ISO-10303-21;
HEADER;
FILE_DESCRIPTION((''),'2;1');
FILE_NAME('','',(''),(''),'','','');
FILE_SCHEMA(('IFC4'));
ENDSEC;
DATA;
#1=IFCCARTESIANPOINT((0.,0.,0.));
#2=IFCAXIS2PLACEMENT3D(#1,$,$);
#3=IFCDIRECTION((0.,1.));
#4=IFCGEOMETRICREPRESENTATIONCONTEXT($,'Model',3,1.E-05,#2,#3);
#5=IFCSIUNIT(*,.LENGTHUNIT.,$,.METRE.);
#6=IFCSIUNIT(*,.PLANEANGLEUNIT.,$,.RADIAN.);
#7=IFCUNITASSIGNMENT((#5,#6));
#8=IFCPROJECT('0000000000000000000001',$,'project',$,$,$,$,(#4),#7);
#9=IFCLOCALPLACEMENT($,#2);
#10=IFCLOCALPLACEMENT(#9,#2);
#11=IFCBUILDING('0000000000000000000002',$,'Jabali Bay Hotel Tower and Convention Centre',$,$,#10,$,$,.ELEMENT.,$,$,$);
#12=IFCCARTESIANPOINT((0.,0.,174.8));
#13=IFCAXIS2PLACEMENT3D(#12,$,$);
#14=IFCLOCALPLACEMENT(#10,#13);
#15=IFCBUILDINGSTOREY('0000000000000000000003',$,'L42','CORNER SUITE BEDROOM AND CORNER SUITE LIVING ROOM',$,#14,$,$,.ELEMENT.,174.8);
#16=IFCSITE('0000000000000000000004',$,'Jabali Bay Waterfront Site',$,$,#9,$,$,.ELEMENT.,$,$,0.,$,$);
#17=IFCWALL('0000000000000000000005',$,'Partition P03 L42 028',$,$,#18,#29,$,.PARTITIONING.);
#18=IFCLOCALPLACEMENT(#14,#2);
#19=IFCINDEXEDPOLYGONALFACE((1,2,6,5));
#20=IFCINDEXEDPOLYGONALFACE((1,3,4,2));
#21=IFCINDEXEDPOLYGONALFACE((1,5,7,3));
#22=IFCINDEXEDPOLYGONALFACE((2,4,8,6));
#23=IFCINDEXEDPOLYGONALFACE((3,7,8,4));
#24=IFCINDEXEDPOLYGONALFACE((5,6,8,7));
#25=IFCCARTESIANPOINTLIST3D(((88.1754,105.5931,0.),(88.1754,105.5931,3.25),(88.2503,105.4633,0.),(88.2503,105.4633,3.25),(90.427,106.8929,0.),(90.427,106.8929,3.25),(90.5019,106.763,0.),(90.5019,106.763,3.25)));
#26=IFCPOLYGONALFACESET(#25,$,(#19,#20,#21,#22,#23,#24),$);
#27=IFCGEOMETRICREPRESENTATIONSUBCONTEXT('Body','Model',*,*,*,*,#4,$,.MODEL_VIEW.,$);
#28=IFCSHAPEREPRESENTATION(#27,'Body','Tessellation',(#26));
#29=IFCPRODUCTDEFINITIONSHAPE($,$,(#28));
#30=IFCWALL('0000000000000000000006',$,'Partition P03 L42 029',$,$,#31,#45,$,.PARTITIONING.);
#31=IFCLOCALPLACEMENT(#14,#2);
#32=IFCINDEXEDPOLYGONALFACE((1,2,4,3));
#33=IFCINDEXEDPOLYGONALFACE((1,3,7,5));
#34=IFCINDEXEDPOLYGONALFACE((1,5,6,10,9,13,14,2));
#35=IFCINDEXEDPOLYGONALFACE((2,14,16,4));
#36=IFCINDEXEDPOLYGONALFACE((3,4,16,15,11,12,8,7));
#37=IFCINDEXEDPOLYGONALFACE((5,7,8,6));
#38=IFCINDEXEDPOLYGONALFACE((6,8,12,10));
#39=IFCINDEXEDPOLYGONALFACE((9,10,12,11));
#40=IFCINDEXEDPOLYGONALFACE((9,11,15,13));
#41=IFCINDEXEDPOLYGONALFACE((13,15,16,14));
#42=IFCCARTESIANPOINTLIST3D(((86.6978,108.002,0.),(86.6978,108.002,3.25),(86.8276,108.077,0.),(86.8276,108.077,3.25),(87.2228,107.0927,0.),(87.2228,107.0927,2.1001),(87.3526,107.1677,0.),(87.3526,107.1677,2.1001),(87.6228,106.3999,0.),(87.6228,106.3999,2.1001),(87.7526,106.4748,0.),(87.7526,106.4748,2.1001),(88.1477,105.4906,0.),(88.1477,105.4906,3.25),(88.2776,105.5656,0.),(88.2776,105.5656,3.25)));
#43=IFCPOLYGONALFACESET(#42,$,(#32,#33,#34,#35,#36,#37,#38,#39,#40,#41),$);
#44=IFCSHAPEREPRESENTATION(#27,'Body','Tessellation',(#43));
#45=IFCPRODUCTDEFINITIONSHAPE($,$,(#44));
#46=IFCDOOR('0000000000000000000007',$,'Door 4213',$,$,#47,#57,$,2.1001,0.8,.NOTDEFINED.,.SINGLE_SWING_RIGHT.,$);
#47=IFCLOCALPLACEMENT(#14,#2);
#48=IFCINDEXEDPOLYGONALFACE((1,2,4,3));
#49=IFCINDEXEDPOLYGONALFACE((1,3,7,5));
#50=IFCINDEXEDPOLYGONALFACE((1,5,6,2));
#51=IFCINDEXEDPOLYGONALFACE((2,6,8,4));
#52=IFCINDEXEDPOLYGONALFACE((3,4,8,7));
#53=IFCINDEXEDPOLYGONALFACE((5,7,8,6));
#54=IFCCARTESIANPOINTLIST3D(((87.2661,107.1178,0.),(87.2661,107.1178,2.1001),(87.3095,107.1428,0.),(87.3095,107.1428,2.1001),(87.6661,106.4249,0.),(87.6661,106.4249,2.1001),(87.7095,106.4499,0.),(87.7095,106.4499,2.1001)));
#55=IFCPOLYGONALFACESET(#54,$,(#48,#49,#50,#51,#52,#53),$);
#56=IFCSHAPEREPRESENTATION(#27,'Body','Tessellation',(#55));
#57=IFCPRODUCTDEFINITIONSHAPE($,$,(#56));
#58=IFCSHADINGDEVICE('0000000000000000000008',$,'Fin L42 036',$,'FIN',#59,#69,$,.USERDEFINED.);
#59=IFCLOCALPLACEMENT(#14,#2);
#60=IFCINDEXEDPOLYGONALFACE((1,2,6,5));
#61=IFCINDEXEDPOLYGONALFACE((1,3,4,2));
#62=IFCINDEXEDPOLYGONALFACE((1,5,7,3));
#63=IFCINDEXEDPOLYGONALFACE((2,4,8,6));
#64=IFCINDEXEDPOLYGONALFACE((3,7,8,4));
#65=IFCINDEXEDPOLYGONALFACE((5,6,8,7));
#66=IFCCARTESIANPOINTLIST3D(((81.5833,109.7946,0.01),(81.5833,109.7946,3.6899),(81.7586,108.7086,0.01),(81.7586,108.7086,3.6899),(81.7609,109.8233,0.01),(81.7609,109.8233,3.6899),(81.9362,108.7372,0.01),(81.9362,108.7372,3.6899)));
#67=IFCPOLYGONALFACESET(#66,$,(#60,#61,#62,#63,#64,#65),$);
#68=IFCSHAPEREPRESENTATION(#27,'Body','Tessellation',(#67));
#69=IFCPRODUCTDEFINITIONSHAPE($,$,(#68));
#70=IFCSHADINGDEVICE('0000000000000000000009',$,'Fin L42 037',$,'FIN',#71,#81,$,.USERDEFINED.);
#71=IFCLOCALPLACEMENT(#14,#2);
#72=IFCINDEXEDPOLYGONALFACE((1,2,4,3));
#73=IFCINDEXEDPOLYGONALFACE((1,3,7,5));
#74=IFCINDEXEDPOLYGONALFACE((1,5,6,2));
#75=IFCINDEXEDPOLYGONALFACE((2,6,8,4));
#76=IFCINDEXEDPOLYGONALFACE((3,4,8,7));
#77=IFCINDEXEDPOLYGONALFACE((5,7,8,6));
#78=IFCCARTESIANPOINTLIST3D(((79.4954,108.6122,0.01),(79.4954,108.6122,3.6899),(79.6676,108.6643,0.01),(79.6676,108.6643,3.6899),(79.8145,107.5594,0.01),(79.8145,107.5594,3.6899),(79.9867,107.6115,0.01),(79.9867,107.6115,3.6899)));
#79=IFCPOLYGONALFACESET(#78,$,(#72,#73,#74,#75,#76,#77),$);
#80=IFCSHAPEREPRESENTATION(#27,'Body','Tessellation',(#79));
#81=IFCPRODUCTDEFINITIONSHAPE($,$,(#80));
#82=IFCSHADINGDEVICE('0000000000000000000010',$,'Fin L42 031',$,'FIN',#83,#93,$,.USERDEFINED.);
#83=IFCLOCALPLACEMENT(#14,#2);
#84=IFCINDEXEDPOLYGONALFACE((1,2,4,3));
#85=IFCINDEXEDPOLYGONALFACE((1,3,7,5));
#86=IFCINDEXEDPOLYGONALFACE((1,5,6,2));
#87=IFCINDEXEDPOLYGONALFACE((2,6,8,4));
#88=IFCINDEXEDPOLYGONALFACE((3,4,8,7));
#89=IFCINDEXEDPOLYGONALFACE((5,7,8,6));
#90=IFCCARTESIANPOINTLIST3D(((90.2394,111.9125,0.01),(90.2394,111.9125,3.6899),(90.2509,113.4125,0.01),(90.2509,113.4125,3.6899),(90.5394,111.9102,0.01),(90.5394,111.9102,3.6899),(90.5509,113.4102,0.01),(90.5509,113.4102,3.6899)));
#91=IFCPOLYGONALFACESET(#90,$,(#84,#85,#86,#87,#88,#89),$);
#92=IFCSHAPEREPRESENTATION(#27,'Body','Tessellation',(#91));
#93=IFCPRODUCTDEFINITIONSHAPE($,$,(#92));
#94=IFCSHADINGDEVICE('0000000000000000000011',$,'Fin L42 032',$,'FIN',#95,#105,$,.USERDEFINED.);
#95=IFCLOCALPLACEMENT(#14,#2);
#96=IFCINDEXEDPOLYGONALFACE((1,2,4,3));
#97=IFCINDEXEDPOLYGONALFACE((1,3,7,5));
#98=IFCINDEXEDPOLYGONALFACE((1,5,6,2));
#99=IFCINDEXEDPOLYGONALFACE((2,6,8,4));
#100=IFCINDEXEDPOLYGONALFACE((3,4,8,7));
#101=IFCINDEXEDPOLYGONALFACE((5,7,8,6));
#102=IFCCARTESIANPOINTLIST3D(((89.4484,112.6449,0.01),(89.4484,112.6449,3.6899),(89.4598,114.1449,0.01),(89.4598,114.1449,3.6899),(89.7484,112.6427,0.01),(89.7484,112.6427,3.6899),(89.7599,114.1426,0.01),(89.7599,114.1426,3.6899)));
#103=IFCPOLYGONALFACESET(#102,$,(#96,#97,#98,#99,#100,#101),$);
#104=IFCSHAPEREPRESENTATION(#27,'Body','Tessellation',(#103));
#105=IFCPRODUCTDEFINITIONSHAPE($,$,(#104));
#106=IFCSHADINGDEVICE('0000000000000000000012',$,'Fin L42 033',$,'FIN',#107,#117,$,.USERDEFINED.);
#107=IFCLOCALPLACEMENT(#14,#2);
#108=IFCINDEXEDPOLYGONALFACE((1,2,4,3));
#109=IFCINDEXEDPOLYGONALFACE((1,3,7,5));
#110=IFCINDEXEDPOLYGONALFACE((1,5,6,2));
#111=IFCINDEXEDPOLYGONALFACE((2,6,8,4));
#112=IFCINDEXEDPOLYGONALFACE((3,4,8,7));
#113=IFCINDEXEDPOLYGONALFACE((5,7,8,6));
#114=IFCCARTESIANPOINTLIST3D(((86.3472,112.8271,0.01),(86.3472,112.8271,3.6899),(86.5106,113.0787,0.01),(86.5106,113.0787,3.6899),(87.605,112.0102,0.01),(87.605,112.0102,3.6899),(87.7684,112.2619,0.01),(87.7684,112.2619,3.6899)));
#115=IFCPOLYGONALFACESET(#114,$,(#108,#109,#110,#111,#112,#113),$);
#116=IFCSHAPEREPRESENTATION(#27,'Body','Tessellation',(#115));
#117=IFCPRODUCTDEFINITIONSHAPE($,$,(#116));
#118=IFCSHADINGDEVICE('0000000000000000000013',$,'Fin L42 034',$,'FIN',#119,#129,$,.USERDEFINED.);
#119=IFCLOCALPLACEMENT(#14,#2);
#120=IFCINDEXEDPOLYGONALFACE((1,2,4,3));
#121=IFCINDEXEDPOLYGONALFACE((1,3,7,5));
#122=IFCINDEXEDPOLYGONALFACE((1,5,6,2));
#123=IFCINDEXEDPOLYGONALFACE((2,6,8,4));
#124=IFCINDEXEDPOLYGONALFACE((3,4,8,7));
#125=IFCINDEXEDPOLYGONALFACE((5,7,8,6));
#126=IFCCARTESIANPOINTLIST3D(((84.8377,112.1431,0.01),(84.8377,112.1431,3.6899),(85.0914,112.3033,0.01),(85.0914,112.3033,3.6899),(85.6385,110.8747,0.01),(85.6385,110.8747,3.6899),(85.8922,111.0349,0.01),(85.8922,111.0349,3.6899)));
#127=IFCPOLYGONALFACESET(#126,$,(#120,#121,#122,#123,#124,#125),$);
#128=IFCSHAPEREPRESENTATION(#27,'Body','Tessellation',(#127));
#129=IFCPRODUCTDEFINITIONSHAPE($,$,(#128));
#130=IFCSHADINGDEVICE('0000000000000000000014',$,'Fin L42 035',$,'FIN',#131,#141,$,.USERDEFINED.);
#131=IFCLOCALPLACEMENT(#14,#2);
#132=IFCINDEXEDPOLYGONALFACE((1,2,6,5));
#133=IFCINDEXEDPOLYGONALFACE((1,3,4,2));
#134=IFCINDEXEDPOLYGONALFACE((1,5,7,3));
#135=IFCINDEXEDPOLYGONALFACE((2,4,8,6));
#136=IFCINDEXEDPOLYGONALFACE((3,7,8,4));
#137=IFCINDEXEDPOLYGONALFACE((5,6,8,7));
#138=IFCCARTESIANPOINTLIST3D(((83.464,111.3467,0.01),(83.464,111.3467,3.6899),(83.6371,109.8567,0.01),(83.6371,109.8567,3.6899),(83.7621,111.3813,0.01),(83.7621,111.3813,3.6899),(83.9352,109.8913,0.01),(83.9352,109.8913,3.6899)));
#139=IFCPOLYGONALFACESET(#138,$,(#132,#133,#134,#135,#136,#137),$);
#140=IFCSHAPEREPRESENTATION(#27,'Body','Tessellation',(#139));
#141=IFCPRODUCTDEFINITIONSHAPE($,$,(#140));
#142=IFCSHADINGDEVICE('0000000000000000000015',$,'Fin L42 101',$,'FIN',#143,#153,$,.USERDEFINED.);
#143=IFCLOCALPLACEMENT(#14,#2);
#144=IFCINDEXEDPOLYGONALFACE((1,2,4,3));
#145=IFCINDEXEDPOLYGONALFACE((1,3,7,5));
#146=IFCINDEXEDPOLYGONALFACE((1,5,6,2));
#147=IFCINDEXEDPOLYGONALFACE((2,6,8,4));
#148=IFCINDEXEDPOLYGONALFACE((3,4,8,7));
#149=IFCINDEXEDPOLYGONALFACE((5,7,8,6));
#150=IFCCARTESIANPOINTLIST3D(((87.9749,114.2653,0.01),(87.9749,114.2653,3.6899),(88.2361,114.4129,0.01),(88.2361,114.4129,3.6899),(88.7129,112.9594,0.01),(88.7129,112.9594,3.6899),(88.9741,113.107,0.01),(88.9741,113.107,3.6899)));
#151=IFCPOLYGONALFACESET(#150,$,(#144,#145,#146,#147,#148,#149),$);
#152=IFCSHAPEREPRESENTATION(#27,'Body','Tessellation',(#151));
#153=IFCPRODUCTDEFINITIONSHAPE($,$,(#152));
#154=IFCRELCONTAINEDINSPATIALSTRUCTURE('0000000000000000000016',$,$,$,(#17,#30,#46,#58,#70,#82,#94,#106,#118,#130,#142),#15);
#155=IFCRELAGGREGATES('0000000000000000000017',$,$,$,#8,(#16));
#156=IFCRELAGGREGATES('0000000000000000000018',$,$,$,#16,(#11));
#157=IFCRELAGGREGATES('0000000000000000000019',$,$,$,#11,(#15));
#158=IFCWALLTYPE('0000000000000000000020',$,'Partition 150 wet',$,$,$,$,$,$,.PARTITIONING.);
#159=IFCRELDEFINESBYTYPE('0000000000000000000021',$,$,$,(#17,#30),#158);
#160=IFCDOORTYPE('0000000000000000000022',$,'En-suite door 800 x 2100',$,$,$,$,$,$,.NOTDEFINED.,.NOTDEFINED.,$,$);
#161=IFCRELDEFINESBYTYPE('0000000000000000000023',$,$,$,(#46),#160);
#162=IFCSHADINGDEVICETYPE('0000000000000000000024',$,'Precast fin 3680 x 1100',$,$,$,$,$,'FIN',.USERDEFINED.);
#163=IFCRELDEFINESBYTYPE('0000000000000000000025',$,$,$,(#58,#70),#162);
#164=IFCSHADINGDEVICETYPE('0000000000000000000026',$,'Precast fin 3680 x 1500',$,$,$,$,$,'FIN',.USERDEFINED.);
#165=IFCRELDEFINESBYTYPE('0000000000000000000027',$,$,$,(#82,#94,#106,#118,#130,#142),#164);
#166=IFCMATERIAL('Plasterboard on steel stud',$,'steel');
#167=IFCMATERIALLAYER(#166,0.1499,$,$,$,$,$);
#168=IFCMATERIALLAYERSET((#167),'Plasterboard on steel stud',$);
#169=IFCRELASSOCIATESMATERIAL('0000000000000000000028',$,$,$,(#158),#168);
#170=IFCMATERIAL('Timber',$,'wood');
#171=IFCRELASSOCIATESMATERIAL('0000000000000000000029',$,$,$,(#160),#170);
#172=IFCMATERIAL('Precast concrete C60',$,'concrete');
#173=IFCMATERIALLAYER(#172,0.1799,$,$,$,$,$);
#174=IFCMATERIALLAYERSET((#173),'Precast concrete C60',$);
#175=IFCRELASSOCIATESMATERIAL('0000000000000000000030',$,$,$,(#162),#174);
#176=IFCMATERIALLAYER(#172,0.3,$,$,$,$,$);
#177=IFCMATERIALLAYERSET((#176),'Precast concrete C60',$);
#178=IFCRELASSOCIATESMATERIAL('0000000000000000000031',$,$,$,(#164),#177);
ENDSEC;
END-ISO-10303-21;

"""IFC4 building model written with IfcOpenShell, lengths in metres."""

from ifc_helpers import new_model, si_unit, direction, frame, frame_2d, origin, place, context, subcontext, project, spatial, rectangle, extrude, material, layer, layer_set, type_object, element, fill, save


model = new_model("IFC4")

# Units and contexts
model_context = context("Model", 3, precision=1e-05, world=origin(), true_north=direction((0.0, 1.0)))
body_context = subcontext(model_context, "Body", "Model", "MODEL_VIEW")
ifc_project = project(units=[si_unit("LENGTHUNIT", "METRE"), si_unit("PLANEANGLEUNIT", "RADIAN")], contexts=[model_context])

# Site, building, storey
site_placement = place(None, origin())
site = spatial("IfcSite", under=ifc_project, at=site_placement, Name="Jabali Bay Waterfront Site", CompositionType="ELEMENT", RefElevation=0.0)
building_placement = place(site_placement, origin())
building = spatial("IfcBuilding", under=site, at=building_placement, Name="Jabali Bay Hotel Tower and Convention Centre", CompositionType="ELEMENT")
storey_placement = place(building_placement, frame((0.0, 0.0, 174.8)))
storey = spatial("IfcBuildingStorey", under=building, at=storey_placement, Name="L42", Description="CORNER SUITE BEDROOM AND CORNER SUITE LIVING ROOM", CompositionType="ELEMENT", Elevation=174.8)

# Wall
ifc_material_1 = material(Name="Plasterboard on steel stud", Category="steel")
ifc_layer_1 = layer(ifc_material_1, 0.1499)
ifc_layer_set_1 = layer_set([ifc_layer_1], Name="Plasterboard on steel stud")
wall_type_1 = type_object("IfcWallType", Name="Partition 150 wet", PredefinedType="PARTITIONING", material=ifc_layer_set_1)
wall_1_placement = place(storey_placement, frame((90.4644, 106.8279, 0.0), z_axis=(0.0, 0.0, 1.0), x_axis=(-0.866062, -0.499937, 0.0)))
element("IfcWall", 1, at=wall_1_placement, inside=storey, type_object=wall_type_1, Name="Partition P03 L42 028", PredefinedType="PARTITIONING", context=body_context, shape_type="SweptSolid", body=[
    extrude(rectangle(XDim=2.5999, YDim=0.1499, at=frame_2d((1.2998, 0.0))), origin(), (0.0, 0.0, 1.0), 3.25),
])

# Wall, opening, door
wall_2_placement = place(storey_placement, frame((88.2126, 105.5281, 0.0), z_axis=(0.0, 0.0, 1.0), x_axis=(-0.499987, 0.866033, 0.0)))
wall_2 = element("IfcWall", 2, at=wall_2_placement, inside=storey, type_object=wall_type_1, Name="Partition P03 L42 029", PredefinedType="PARTITIONING", context=body_context, shape_type="SweptSolid", body=[
    extrude(rectangle(XDim=2.8999, YDim=0.1499, at=frame_2d((1.45, 0.0))), origin(), (0.0, 0.0, 1.0), 3.25),
])
opening_1_placement = place(wall_2_placement, frame((1.05, 0.0, 0.0)))
opening_1 = element("IfcOpeningElement", 3, at=opening_1_placement, cuts=wall_2, PredefinedType="OPENING", context=body_context, shape_type="SweptSolid", body=[
    extrude(rectangle(XDim=0.8, YDim=2.1001, at=frame_2d((0.3999, 1.05))), frame((0.0, 0.0854, 0.0), z_axis=(0.0, -1.0, 0.0), x_axis=(1.0, 0.0, 0.0)), (0.0, 0.0, 1.0), 0.1709),
])
ifc_material_2 = material(Name="Timber", Category="wood")
door_type = type_object("IfcDoorType", Name="En-suite door 800 x 2100", OperationType="NOTDEFINED", PredefinedType="NOTDEFINED", material=ifc_material_2)
door_placement = place(opening_1_placement, origin())
door = element("IfcDoor", 4, at=door_placement, inside=storey, type_object=door_type, Name="Door 4213", OperationType="SINGLE_SWING_RIGHT", OverallHeight=2.1001, OverallWidth=0.8, PredefinedType="NOTDEFINED", context=body_context, shape_type="SweptSolid", body=[
    extrude(rectangle(XDim=0.8, YDim=2.1001, at=frame_2d((0.3999, 1.05))), frame((0.0, 0.0249, 0.0), z_axis=(0.0, -1.0, 0.0), x_axis=(1.0, 0.0, 0.0)), (0.0, 0.0, 1.0), 0.05),
])
fill(opening_1, door)

# Shading devices
ifc_material_3 = material(Name="Precast concrete C60", Category="concrete")
ifc_layer_2 = layer(ifc_material_3, 0.1799)
ifc_layer_set_2 = layer_set([ifc_layer_2], Name="Precast concrete C60")
shading_device_type_1 = type_object("IfcShadingDeviceType", Name="Precast fin 3680 x 1100", ElementType="FIN", PredefinedType="USERDEFINED", material=ifc_layer_set_2)
for number, where, z_axis, x_axis, name in (
    (5, (81.8474, 108.7229, 0.01), (0.0, 0.0, 1.0), (-0.159358, 0.987221, 0.0), "Fin L42 036"),
    (6, (79.9006, 107.5854, 0.01), (0.0, 0.0, 1.0), (-0.290075, 0.957004, 0.0), "Fin L42 037"),
):
    element("IfcShadingDevice", number, at=place(storey_placement, frame(where, z_axis=z_axis, x_axis=x_axis)), inside=storey, type_object=shading_device_type_1, Name=name, ObjectType="FIN", PredefinedType="USERDEFINED", context=body_context, shape_type="SweptSolid", body=[
        extrude(rectangle(XDim=1.1001, YDim=0.1799, at=frame_2d((0.55, 0.0))), origin(), (0.0, 0.0, 1.0), 3.6799),
    ])
ifc_layer_3 = layer(ifc_material_3, 0.3)
ifc_layer_set_3 = layer_set([ifc_layer_3], Name="Precast concrete C60")
shading_device_type_2 = type_object("IfcShadingDeviceType", Name="Precast fin 3680 x 1500", ElementType="FIN", PredefinedType="USERDEFINED", material=ifc_layer_set_3)
for number, where, z_axis, x_axis, name in (
    (7, (90.3894, 111.9114, 0.01), (0.0, 0.0, 1.0), (0.00765, 0.999971, 0.0), "Fin L42 031"),
    (8, (89.5984, 112.6438, 0.01), (0.0, 0.0, 1.0), (0.00765, 0.999971, 0.0), "Fin L42 032"),
):
    element("IfcShadingDevice", number, at=place(storey_placement, frame(where, z_axis=z_axis, x_axis=x_axis)), inside=storey, type_object=shading_device_type_2, Name=name, ObjectType="FIN", PredefinedType="USERDEFINED", context=body_context, shape_type="SweptSolid", body=[
        extrude(rectangle(XDim=1.5, YDim=0.3, at=frame_2d((0.75, 0.0))), origin(), (0.0, 0.0, 1.0), 3.6799),
    ])
shading_device_placement = place(storey_placement, frame((87.6868, 112.136, 0.01), z_axis=(0.0, 0.0, 1.0), x_axis=(-0.838652, 0.544668, 0.0)))
element("IfcShadingDevice", 9, at=shading_device_placement, inside=storey, type_object=shading_device_type_2, Name="Fin L42 033", ObjectType="FIN", PredefinedType="USERDEFINED", context=body_context, shape_type="SweptSolid", body=[
    extrude(rectangle(XDim=1.4998, YDim=0.3, at=frame_2d((0.75, 0.0))), origin(), (0.0, 0.0, 1.0), 3.6799),
])
for number, where, z_axis, x_axis, name in (
    (10, (85.7654, 110.9548, 0.01), (0.0, 0.0, 1.0), (-0.533871, 0.845566, 0.0), "Fin L42 034"),
    (11, (83.7861, 109.874, 0.01), (0.0, 0.0, 1.0), (-0.115396, 0.99332, 0.0), "Fin L42 035"),
    (12, (88.8435, 113.0332, 0.01), (0.0, 0.0, 1.0), (-0.492014, 0.870587, 0.0), "Fin L42 101"),
):
    element("IfcShadingDevice", number, at=place(storey_placement, frame(where, z_axis=z_axis, x_axis=x_axis)), inside=storey, type_object=shading_device_type_2, Name=name, ObjectType="FIN", PredefinedType="USERDEFINED", context=body_context, shape_type="SweptSolid", body=[
        extrude(rectangle(XDim=1.5, YDim=0.3, at=frame_2d((0.75, 0.0))), origin(), (0.0, 0.0, 1.0), 3.6799),
    ])

save(model, "model.ifc")
